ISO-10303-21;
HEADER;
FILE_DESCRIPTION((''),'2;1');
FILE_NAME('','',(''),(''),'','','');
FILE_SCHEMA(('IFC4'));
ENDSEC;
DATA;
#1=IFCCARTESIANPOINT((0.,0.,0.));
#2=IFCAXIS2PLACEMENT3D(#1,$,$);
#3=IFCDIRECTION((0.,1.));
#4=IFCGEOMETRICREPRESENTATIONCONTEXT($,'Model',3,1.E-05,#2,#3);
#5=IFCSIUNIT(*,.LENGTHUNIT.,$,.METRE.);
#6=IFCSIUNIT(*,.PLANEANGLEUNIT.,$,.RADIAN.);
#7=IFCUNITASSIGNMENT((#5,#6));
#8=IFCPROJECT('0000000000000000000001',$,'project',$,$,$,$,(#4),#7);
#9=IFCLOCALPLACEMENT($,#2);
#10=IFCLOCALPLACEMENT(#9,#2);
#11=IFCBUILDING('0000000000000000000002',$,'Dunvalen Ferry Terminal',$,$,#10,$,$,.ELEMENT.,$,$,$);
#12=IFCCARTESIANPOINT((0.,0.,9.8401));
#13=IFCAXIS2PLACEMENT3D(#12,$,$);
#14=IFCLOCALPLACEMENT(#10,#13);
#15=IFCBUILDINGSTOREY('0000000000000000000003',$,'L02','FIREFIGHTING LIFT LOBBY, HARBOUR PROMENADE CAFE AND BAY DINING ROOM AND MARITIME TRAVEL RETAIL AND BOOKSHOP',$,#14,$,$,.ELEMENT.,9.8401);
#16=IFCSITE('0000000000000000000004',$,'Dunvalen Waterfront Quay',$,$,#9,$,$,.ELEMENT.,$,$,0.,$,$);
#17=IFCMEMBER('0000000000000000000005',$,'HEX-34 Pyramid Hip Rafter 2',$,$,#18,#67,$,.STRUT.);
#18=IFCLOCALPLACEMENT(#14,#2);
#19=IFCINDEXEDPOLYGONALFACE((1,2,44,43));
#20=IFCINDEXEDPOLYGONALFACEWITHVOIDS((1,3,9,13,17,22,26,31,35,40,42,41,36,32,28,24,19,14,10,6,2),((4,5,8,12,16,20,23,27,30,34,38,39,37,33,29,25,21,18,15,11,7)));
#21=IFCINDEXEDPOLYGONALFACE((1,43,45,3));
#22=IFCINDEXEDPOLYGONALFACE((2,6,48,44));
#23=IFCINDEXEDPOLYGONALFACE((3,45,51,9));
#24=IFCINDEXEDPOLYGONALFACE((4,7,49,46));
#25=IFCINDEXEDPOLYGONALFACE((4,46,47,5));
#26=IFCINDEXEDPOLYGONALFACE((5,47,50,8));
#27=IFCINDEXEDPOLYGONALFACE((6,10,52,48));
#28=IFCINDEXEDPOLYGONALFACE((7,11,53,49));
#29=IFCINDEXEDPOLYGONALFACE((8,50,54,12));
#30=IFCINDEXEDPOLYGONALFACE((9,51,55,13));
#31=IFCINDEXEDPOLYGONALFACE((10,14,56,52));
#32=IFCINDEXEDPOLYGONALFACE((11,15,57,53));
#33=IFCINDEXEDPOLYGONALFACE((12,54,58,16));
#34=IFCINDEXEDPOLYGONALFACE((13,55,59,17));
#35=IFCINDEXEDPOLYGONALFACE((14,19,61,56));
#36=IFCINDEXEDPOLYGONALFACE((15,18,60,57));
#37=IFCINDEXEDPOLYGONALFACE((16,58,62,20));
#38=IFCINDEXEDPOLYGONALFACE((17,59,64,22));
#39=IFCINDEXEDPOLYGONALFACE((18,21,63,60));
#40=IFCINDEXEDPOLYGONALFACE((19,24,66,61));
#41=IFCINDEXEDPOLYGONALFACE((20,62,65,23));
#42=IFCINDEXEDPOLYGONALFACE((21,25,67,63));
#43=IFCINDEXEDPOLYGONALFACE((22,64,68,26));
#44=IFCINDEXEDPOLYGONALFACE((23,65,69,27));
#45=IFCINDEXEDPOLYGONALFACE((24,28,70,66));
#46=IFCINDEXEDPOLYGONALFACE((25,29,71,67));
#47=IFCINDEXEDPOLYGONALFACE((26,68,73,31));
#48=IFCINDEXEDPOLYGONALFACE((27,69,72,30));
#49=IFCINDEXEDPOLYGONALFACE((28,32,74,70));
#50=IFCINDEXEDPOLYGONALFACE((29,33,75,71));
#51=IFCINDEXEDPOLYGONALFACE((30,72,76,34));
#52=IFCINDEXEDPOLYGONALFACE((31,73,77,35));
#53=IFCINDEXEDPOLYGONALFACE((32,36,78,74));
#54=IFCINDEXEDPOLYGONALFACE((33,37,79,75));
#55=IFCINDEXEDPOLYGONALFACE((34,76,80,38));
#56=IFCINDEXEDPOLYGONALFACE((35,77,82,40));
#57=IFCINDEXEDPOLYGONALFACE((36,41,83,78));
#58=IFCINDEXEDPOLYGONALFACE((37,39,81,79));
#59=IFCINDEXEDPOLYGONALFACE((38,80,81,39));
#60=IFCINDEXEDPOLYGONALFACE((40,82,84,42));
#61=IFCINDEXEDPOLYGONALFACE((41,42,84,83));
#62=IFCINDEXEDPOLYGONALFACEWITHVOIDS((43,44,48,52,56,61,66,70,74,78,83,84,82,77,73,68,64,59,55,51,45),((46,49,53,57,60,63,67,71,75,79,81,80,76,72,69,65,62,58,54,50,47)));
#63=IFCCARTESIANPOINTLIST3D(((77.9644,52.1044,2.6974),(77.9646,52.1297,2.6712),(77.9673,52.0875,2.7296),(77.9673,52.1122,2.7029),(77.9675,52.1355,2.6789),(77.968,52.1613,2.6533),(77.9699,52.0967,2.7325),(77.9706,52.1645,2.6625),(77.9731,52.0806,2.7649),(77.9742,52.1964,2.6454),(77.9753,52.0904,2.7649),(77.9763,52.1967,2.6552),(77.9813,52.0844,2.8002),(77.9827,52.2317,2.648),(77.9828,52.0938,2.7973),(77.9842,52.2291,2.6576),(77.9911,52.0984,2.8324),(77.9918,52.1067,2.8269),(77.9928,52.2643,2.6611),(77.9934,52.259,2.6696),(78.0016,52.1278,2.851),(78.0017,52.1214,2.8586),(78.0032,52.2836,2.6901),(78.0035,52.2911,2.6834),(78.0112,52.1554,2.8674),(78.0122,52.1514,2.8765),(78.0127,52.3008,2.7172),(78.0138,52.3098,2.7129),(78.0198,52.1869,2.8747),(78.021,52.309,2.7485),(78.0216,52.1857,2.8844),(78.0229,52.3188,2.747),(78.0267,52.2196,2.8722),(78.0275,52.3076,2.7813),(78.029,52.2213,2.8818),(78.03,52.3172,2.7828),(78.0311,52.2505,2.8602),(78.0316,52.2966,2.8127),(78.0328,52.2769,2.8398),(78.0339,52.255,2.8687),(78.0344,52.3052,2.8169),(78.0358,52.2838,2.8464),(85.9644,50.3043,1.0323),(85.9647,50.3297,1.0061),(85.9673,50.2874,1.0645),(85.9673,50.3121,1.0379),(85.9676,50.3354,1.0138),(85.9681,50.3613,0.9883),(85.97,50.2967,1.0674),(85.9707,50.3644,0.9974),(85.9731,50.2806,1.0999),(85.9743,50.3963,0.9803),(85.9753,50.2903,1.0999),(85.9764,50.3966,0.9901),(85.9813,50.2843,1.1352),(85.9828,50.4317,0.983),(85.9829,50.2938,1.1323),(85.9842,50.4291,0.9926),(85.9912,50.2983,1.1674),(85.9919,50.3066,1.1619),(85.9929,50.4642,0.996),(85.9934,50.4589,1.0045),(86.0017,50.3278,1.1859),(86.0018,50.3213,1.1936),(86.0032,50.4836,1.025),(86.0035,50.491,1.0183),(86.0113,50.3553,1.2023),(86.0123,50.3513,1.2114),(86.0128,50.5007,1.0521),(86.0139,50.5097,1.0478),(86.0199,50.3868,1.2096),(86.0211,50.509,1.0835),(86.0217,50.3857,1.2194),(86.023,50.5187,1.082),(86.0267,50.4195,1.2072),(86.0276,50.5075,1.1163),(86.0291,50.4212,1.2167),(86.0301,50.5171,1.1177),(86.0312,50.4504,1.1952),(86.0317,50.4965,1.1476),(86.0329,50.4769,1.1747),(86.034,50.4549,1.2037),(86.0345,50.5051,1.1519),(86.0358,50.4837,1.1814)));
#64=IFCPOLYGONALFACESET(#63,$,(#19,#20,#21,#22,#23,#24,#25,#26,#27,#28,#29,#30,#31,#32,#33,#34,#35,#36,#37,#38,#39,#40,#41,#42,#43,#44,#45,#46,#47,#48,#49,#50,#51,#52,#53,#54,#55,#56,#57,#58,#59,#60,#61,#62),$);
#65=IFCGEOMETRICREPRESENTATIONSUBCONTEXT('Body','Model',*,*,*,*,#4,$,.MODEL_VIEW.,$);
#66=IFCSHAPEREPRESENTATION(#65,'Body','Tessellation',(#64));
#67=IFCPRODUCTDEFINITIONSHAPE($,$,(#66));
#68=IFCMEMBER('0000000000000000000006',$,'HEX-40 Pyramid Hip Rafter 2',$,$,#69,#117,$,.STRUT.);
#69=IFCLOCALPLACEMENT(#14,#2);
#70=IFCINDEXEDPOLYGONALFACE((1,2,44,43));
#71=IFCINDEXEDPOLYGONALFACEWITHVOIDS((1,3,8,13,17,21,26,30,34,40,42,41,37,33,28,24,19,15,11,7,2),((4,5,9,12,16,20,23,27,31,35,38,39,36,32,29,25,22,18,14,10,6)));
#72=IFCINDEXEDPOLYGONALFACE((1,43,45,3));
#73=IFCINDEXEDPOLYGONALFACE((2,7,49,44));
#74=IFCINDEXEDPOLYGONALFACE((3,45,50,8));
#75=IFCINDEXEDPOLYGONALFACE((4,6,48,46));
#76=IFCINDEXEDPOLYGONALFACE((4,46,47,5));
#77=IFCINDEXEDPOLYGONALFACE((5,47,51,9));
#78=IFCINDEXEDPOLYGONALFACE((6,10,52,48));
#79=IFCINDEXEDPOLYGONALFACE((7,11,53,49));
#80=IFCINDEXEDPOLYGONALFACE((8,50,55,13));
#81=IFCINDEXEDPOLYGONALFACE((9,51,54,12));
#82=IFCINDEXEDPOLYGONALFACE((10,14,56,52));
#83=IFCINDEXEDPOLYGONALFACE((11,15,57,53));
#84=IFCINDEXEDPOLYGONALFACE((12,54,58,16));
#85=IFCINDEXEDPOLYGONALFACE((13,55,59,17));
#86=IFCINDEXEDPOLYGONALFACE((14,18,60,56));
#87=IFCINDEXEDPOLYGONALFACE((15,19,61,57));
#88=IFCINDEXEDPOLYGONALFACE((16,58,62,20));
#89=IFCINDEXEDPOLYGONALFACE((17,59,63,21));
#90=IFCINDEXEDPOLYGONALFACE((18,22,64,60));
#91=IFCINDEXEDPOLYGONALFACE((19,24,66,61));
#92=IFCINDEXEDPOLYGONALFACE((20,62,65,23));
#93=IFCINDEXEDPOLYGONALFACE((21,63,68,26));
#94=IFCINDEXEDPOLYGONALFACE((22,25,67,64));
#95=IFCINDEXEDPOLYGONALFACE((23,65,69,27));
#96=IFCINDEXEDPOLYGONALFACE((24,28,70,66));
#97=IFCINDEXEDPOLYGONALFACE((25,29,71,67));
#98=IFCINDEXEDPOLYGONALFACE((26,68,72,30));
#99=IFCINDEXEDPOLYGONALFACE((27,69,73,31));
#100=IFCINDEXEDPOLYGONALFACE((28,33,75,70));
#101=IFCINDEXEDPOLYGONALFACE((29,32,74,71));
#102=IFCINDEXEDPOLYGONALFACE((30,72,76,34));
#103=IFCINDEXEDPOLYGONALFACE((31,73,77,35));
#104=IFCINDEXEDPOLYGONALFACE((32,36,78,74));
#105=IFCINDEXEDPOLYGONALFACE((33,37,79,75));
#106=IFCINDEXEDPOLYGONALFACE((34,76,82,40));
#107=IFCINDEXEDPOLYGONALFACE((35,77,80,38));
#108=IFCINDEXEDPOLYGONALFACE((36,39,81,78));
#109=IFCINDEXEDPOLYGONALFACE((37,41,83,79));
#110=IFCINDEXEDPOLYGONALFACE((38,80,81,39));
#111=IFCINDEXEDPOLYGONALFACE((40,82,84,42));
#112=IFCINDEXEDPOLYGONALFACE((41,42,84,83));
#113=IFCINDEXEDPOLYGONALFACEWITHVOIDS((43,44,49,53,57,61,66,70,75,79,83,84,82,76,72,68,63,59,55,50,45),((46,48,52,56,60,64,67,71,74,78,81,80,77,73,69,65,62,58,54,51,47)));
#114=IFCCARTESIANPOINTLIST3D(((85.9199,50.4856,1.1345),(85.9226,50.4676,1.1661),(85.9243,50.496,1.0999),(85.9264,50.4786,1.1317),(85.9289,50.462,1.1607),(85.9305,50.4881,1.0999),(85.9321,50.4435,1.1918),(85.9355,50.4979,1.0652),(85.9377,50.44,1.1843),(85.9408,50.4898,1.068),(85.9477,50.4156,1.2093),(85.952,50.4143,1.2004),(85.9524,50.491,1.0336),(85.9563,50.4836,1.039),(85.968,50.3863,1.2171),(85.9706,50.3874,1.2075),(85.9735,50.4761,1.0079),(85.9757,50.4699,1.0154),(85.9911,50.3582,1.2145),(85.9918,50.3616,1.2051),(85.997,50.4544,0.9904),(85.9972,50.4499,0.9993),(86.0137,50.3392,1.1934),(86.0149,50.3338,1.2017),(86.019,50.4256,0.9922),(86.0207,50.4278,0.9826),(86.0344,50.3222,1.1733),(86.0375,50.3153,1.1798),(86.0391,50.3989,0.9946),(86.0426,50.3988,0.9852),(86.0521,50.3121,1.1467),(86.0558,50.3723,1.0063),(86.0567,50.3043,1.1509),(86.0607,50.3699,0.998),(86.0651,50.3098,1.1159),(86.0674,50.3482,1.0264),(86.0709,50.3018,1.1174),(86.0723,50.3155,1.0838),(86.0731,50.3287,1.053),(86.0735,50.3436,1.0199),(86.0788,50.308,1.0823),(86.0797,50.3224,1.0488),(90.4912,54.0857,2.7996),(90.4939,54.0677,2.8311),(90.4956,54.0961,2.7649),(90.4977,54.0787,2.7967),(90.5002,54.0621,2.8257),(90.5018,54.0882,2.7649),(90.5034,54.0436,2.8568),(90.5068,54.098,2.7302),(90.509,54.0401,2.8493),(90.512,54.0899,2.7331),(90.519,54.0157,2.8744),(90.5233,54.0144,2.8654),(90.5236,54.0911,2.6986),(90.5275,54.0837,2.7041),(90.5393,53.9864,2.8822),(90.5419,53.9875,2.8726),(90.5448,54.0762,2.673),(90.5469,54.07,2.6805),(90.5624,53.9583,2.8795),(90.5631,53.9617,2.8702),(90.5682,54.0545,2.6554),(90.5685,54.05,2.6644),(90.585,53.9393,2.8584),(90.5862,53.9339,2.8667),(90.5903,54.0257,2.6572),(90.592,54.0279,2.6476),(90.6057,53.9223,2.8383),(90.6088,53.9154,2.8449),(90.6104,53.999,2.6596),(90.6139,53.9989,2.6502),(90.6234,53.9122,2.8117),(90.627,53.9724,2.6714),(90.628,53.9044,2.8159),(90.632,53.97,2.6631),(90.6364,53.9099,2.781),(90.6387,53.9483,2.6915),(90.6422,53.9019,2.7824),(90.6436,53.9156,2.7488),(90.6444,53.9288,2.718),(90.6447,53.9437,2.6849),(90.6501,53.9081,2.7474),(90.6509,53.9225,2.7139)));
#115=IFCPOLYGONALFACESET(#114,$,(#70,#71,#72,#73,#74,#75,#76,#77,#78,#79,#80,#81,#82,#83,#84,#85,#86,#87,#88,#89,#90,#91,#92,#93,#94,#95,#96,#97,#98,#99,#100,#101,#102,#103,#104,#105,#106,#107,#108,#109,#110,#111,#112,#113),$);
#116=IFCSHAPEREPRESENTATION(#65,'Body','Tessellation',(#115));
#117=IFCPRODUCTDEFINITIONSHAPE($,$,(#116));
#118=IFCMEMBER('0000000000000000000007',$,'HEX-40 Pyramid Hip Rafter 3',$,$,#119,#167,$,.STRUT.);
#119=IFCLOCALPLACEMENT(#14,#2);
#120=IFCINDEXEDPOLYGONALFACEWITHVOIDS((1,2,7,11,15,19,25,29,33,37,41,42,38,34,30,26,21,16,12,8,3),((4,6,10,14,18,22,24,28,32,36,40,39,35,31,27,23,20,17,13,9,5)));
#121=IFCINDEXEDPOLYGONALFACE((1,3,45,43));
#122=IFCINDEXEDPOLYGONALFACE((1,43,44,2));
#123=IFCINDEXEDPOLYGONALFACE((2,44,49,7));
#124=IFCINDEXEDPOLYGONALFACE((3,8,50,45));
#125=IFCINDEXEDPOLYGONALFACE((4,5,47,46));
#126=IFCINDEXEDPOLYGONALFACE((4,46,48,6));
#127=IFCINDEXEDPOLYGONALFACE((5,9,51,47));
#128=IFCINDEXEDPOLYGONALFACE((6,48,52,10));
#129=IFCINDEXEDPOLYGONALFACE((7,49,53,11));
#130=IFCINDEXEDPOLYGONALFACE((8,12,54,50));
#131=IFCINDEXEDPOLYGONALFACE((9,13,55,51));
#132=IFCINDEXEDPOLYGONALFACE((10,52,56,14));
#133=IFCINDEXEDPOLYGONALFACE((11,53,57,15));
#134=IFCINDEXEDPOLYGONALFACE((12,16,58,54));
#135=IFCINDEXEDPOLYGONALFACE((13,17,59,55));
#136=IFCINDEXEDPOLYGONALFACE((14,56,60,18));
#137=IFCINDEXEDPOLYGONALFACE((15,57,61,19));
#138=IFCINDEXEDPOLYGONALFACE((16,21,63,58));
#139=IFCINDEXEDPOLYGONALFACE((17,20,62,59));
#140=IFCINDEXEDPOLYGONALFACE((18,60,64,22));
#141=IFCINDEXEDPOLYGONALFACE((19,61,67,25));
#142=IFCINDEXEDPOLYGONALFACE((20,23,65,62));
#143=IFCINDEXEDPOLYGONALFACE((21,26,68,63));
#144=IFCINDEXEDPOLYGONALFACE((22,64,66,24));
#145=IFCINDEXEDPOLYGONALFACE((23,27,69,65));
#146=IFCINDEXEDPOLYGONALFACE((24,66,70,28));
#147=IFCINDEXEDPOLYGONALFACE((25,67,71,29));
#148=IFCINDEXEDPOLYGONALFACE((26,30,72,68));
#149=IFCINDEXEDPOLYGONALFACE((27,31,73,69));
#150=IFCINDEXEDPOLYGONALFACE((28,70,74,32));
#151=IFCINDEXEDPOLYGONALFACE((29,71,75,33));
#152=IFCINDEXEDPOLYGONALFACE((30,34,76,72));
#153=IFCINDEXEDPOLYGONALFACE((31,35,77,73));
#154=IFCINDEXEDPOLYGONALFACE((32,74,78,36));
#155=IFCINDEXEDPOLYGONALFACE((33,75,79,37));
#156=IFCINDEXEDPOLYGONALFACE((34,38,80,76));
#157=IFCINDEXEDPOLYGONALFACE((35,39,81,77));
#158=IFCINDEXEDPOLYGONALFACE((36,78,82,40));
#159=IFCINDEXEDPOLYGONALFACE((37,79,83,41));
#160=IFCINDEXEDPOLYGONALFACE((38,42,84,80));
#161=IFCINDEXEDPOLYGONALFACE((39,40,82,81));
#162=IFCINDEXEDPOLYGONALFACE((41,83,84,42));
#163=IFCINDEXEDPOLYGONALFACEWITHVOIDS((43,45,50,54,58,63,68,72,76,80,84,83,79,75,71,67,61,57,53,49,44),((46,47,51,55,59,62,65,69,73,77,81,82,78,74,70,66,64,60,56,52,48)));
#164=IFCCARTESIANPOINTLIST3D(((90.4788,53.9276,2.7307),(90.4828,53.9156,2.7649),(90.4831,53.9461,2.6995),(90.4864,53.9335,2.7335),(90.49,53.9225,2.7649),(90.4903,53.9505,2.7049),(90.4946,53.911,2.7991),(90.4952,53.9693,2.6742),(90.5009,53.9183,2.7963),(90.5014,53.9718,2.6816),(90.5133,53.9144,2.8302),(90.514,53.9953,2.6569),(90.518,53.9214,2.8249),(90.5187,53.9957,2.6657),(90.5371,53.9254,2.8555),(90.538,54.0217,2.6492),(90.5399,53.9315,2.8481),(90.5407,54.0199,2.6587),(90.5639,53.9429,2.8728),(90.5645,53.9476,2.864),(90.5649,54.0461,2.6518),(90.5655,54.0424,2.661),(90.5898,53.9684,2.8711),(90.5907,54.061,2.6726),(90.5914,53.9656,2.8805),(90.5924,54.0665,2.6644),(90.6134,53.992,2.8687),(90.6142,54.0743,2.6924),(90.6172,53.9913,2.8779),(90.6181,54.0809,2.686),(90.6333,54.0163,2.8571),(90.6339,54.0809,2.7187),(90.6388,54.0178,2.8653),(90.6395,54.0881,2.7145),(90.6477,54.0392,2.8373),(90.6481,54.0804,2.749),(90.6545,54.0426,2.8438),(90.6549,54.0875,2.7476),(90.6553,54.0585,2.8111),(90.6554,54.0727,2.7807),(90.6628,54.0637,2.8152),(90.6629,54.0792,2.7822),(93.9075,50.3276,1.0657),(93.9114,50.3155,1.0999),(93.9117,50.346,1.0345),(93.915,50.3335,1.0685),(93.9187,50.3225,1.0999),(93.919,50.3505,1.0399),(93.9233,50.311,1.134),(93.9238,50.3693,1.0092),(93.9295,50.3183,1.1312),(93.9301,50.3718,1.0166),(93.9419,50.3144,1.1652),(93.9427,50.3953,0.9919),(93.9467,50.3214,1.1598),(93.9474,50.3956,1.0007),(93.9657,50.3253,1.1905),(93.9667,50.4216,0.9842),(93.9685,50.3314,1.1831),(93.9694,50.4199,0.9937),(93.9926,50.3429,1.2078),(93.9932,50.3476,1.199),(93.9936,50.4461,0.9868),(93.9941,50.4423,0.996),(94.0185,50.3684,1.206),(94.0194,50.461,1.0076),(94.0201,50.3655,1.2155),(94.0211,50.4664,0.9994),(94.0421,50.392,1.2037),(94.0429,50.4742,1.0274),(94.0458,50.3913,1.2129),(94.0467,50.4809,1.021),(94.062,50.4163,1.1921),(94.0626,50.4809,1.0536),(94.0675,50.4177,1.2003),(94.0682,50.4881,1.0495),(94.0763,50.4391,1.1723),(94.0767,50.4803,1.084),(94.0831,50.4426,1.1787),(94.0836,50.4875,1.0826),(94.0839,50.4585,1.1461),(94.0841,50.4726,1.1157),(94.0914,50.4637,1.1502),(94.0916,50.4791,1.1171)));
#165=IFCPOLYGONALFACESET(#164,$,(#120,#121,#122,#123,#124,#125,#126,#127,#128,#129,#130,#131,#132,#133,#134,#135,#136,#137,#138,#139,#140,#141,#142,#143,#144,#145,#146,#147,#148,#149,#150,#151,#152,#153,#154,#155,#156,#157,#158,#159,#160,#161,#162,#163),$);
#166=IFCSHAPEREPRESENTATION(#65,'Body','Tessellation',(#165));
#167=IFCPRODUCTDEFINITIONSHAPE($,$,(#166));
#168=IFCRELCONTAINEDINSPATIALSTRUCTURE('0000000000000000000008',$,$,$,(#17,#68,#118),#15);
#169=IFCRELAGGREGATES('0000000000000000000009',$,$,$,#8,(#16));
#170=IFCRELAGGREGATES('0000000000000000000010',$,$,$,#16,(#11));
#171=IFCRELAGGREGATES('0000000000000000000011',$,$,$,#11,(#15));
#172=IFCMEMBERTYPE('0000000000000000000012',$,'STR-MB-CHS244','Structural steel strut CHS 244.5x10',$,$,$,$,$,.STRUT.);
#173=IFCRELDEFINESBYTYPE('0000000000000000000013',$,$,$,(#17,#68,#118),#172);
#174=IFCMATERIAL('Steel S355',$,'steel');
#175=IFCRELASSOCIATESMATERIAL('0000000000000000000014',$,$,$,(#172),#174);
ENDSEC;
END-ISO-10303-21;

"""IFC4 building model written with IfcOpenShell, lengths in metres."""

from ifc_helpers import new_model, si_unit, direction, frame, origin, origin_2d, place, context, subcontext, project, spatial, hollow_circle, extrude, material, material_profile, profile_set, type_object, element, save


model = new_model("IFC4")

# Units and contexts
model_context = context("Model", 3, precision=1e-05, world=origin(), true_north=direction((0.0, 1.0)))
body_context = subcontext(model_context, "Body", "Model", "MODEL_VIEW")
ifc_project = project(units=[si_unit("LENGTHUNIT", "METRE"), si_unit("PLANEANGLEUNIT", "RADIAN")], contexts=[model_context])

# Site, building, storey
site_placement = place(None, origin())
site = spatial("IfcSite", under=ifc_project, at=site_placement, Name="Dunvalen Waterfront Quay", CompositionType="ELEMENT", RefElevation=0.0)
building_placement = place(site_placement, origin())
building = spatial("IfcBuilding", under=site, at=building_placement, Name="Dunvalen Ferry Terminal", CompositionType="ELEMENT")
storey_placement = place(building_placement, frame((0.0, 0.0, 9.8401)))
storey = spatial("IfcBuildingStorey", under=building, at=storey_placement, Name="L02", Description="FIREFIGHTING LIFT LOBBY, HARBOUR PROMENADE CAFE AND BAY DINING ROOM AND MARITIME TRAVEL RETAIL AND BOOKSHOP", CompositionType="ELEMENT", Elevation=9.8401)

# Shared definitions
ifc_material_1 = material(Name="Steel S355", Category="steel")

# Members
ifc_material_profile_1 = material_profile(ifc_material_1, hollow_circle(Radius=0.1223, WallThickness=0.01, at=origin_2d()), Name="Steel S355")
ifc_profile_set_1 = profile_set([ifc_material_profile_1], Name="Steel S355")
member_type_1 = type_object("IfcMemberType", Name="STR-MB-CHS244", Description="Structural steel strut CHS 244.5x10", PredefinedType="STRUT", material=ifc_profile_set_1)
member_1_placement = place(storey_placement, frame((86.0, 50.3999, 1.0999), z_axis=(-0.956097, 0.215128, 0.198992), x_axis=(-0.219518, -0.975608, 0.0)))
element("IfcMember", 1, at=member_1_placement, inside=storey, type_object=member_type_1, Name="HEX-34 Pyramid Hip Rafter 2", PredefinedType="STRUT", context=body_context, shape_type="SweptSolid", body=[
    extrude(hollow_circle(Radius=0.1223, WallThickness=0.01, at=origin_2d()), origin(), (0.0, 0.0, 1.0), 8.3674),
])
member_2_placement = place(storey_placement, frame((86.0, 50.3999, 1.0999), z_axis=(0.755304, 0.594836, 0.275111), x_axis=(-0.618711, 0.785619, 0.0)))
element("IfcMember", 2, at=member_2_placement, inside=storey, type_object=member_type_1, Name="HEX-40 Pyramid Hip Rafter 2", PredefinedType="STRUT", context=body_context, shape_type="SweptSolid", body=[
    extrude(hollow_circle(Radius=0.1223, WallThickness=0.01, at=origin_2d()), origin(), (0.0, 0.0, 1.0), 6.0522),
])
member_3_placement = place(storey_placement, frame((94.0, 50.3999, 1.0999), z_axis=(-0.653959, 0.686648, 0.317573), x_axis=(-0.724133, -0.68966, 0.0)))
element("IfcMember", 3, at=member_3_placement, inside=storey, type_object=member_type_1, Name="HEX-40 Pyramid Hip Rafter 3", PredefinedType="STRUT", context=body_context, shape_type="SweptSolid", body=[
    extrude(hollow_circle(Radius=0.1223, WallThickness=0.01, at=origin_2d()), origin(), (0.0, 0.0, 1.0), 5.2429),
])

save(model, "model.ifc")
